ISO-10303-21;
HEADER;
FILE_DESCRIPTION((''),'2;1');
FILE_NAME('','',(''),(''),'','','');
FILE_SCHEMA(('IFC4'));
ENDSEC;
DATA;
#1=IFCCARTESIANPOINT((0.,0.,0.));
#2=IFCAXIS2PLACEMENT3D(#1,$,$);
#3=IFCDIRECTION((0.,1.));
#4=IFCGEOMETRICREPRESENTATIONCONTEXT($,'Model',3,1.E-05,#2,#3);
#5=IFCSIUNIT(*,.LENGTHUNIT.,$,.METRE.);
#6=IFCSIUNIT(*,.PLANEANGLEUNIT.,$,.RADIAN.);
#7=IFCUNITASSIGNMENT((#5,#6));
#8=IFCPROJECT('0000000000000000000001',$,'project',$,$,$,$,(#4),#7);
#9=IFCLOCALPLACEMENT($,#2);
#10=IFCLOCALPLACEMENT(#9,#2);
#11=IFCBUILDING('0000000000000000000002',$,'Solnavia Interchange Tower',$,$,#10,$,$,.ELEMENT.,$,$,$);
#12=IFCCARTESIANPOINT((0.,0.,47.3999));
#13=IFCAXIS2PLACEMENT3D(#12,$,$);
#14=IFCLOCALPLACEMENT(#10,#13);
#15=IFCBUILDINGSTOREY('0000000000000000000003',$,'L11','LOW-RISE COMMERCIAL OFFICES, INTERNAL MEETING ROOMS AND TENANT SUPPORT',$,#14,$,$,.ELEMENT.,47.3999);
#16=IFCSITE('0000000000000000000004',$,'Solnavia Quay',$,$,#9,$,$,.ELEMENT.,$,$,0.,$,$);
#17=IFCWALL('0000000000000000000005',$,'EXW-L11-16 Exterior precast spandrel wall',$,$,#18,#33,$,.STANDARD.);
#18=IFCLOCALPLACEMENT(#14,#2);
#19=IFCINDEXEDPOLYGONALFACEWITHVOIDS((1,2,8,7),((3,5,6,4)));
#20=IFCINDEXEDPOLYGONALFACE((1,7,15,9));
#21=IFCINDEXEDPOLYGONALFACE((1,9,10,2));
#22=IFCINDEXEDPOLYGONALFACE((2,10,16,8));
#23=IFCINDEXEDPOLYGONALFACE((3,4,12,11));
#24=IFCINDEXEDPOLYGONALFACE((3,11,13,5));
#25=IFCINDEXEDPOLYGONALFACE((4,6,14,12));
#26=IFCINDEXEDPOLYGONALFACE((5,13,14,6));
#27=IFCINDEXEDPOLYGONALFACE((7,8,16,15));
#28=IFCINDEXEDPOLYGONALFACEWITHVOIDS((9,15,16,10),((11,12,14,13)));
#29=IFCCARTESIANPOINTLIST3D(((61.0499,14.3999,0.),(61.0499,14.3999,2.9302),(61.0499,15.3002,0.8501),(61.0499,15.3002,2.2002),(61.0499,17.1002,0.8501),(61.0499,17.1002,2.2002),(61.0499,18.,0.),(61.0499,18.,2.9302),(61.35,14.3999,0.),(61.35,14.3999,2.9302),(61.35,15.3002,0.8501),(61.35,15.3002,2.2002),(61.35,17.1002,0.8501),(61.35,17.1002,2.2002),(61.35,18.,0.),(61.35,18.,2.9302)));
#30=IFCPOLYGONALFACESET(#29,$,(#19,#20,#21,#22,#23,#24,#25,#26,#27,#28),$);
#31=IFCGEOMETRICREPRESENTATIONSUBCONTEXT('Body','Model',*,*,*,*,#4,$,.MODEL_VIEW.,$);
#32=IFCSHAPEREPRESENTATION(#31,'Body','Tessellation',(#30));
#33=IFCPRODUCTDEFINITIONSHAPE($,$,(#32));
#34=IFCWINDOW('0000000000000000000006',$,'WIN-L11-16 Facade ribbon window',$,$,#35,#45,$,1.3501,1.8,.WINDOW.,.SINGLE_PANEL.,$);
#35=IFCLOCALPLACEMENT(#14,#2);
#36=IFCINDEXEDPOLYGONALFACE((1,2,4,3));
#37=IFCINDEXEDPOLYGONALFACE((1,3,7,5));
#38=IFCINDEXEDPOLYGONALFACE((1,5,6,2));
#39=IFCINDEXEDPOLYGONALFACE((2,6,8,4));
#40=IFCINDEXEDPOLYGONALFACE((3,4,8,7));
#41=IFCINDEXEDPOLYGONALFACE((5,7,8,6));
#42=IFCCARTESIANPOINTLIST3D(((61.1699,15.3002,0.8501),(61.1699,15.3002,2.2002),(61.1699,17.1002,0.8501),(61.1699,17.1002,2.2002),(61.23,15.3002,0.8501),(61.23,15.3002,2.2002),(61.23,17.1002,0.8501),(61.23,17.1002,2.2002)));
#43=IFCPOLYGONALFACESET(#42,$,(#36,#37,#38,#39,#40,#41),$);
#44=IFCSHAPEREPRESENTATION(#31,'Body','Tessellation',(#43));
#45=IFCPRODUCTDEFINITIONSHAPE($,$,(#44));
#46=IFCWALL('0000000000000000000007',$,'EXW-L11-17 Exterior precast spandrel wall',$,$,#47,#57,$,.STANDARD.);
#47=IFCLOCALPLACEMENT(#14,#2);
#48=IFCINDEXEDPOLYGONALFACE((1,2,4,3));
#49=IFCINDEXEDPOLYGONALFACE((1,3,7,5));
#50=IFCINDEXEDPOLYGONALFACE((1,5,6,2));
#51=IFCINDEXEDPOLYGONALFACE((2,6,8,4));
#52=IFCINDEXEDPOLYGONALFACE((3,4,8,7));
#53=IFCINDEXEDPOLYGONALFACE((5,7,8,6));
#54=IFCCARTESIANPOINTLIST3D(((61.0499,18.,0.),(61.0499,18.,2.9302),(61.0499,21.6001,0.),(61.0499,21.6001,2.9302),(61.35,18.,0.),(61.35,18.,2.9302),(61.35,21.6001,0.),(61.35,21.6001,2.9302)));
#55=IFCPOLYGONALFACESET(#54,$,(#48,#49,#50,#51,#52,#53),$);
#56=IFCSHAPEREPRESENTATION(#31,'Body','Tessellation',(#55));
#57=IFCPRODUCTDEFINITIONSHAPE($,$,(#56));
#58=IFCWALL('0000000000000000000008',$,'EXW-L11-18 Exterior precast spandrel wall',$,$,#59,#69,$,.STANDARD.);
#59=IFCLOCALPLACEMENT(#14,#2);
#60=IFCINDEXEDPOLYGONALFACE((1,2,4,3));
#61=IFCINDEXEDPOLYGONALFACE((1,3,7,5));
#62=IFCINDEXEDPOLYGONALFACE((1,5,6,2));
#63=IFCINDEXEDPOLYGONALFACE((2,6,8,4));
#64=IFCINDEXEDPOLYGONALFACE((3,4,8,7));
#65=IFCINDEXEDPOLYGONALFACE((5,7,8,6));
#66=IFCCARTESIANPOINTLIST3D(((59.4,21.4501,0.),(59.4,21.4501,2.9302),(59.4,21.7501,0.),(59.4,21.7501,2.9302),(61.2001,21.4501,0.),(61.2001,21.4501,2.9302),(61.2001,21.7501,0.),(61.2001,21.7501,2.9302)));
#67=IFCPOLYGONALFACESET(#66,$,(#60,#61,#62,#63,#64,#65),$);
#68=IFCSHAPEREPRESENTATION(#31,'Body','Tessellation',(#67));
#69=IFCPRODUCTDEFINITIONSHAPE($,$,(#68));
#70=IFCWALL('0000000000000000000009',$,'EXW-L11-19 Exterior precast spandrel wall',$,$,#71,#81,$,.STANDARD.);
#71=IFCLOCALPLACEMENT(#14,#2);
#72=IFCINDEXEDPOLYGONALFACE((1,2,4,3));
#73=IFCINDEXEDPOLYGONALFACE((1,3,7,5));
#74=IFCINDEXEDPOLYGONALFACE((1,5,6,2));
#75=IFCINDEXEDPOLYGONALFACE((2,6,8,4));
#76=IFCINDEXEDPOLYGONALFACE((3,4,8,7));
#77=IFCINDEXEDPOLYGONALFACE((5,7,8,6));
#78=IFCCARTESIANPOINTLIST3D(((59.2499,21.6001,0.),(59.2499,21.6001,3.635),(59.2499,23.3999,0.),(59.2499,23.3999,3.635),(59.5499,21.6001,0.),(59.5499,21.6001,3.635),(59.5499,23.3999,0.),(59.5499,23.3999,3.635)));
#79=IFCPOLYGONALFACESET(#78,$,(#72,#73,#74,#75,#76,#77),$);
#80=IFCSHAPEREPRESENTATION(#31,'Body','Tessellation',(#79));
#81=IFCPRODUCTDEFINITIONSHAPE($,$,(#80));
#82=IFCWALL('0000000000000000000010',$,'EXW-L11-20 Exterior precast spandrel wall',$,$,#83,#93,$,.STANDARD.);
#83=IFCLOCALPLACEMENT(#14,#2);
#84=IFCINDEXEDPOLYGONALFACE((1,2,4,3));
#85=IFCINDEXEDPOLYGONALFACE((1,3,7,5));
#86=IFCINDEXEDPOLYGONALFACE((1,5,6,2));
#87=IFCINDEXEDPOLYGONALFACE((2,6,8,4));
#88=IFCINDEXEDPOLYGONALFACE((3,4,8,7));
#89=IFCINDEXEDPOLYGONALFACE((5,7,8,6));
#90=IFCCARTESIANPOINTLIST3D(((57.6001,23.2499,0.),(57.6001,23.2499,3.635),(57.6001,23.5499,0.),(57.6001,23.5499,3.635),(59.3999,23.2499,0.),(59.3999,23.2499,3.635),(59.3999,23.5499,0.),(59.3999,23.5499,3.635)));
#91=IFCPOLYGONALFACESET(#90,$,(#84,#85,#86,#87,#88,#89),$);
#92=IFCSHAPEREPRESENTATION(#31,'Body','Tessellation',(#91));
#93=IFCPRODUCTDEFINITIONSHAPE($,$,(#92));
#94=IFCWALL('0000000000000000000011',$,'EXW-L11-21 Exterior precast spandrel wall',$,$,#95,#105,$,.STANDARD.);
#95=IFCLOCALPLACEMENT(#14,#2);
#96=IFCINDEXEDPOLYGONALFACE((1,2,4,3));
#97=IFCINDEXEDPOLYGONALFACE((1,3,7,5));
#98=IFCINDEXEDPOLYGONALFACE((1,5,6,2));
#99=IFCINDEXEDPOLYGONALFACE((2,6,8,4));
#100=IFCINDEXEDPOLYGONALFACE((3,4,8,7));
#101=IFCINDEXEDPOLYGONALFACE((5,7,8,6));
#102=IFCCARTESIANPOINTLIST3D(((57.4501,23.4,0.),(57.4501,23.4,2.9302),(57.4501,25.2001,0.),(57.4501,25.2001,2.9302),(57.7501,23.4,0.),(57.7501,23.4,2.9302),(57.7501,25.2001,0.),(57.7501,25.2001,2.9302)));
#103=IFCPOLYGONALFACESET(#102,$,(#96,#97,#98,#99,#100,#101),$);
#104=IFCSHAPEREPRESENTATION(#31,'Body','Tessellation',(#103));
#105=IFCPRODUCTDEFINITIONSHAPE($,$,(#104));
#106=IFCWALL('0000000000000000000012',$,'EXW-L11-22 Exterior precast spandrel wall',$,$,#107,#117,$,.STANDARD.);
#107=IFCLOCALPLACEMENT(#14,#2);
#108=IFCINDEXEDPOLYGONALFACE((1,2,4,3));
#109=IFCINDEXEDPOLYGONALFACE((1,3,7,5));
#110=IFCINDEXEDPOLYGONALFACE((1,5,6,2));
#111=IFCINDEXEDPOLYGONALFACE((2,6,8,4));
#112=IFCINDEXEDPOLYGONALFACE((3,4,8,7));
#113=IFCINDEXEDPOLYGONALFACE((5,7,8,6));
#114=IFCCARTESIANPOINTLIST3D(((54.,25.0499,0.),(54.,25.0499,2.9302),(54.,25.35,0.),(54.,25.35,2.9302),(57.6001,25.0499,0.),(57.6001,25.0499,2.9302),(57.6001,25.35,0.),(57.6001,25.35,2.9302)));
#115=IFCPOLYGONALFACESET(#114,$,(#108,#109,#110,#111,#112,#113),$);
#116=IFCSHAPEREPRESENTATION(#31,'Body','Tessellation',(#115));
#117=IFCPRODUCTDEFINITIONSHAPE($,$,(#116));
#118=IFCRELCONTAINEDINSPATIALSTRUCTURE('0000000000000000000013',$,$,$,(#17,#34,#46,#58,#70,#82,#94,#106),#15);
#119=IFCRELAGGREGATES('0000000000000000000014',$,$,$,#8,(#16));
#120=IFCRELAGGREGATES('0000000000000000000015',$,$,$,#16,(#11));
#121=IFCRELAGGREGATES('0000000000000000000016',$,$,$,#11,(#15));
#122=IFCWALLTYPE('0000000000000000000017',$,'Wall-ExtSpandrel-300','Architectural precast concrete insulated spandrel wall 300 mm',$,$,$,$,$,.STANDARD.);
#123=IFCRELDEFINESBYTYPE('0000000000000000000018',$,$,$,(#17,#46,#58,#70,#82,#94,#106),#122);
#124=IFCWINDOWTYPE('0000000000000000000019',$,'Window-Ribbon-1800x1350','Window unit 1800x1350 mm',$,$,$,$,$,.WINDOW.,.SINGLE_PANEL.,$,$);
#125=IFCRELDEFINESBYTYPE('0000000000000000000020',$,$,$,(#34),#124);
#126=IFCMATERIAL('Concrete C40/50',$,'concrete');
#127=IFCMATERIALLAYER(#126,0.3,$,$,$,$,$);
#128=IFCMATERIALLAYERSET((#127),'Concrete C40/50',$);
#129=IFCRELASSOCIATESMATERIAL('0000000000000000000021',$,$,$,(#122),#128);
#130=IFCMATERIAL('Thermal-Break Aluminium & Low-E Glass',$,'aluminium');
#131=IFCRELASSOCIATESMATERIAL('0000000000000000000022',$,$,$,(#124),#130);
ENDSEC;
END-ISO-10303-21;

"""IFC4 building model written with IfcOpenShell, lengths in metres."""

from ifc_helpers import new_model, si_unit, direction, frame, frame_2d, origin, place, context, subcontext, project, spatial, rectangle, extrude, material, layer, layer_set, type_object, element, fill, save


model = new_model("IFC4")

# Units and contexts
model_context = context("Model", 3, precision=1e-05, world=origin(), true_north=direction((0.0, 1.0)))
body_context = subcontext(model_context, "Body", "Model", "MODEL_VIEW")
ifc_project = project(units=[si_unit("LENGTHUNIT", "METRE"), si_unit("PLANEANGLEUNIT", "RADIAN")], contexts=[model_context])

# Site, building, storey
site_placement = place(None, origin())
site = spatial("IfcSite", under=ifc_project, at=site_placement, Name="Solnavia Quay", CompositionType="ELEMENT", RefElevation=0.0)
building_placement = place(site_placement, origin())
building = spatial("IfcBuilding", under=site, at=building_placement, Name="Solnavia Interchange Tower", CompositionType="ELEMENT")
storey_placement = place(building_placement, frame((0.0, 0.0, 47.3999)))
storey = spatial("IfcBuildingStorey", under=building, at=storey_placement, Name="L11", Description="LOW-RISE COMMERCIAL OFFICES, INTERNAL MEETING ROOMS AND TENANT SUPPORT", CompositionType="ELEMENT", Elevation=47.3999)

# Wall, opening, window
ifc_material_1 = material(Name="Concrete C40/50", Category="concrete")
ifc_layer_1 = layer(ifc_material_1, 0.3)
ifc_layer_set_1 = layer_set([ifc_layer_1], Name="Concrete C40/50")
wall_type_1 = type_object("IfcWallType", Name="Wall-ExtSpandrel-300", Description="Architectural precast concrete insulated spandrel wall 300 mm", PredefinedType="STANDARD", material=ifc_layer_set_1)
wall_1_placement = place(storey_placement, frame((61.2, 18.0, 0.0), z_axis=(0.0, 0.0, 1.0), x_axis=(0.0, -1.0, 0.0)))
wall_1 = element("IfcWall", 1, at=wall_1_placement, inside=storey, type_object=wall_type_1, Name="EXW-L11-16 Exterior precast spandrel wall", PredefinedType="STANDARD", context=body_context, shape_type="SweptSolid", body=[
    extrude(rectangle(XDim=3.6001, YDim=0.3, at=frame_2d((1.8, 0.0))), origin(), (0.0, 0.0, 1.0), 2.9302),
])
opening_1_placement = place(wall_1_placement, frame((0.8999, 0.0, 0.8501)))
opening_1 = element("IfcOpeningElement", 2, at=opening_1_placement, cuts=wall_1, PredefinedType="OPENING", context=body_context, shape_type="SweptSolid", body=[
    extrude(rectangle(XDim=1.8, YDim=1.3501, at=frame_2d((0.8999, 0.675))), frame((0.0, 0.1602, 0.0), z_axis=(0.0, -1.0, 0.0), x_axis=(1.0, 0.0, 0.0)), (0.0, 0.0, 1.0), 0.3201),
])
ifc_material_2 = material(Name="Thermal-Break Aluminium & Low-E Glass", Category="aluminium")
window_type = type_object("IfcWindowType", Name="Window-Ribbon-1800x1350", Description="Window unit 1800x1350 mm", PartitioningType="SINGLE_PANEL", PredefinedType="WINDOW", material=ifc_material_2)
window_placement = place(opening_1_placement, origin())
window = element("IfcWindow", 3, at=window_placement, inside=storey, type_object=window_type, Name="WIN-L11-16 Facade ribbon window", OverallHeight=1.3501, OverallWidth=1.8, PartitioningType="SINGLE_PANEL", PredefinedType="WINDOW", context=body_context, shape_type="SweptSolid", body=[
    extrude(rectangle(XDim=1.8, YDim=1.3501, at=frame_2d((0.8999, 0.675))), frame((0.0, 0.03, 0.0), z_axis=(0.0, -1.0, 0.0), x_axis=(1.0, 0.0, 0.0)), (0.0, 0.0, 1.0), 0.0601),
])
fill(opening_1, window)

# Walls
wall_2_placement = place(storey_placement, frame((61.2, 21.6001, 0.0), z_axis=(0.0, 0.0, 1.0), x_axis=(0.0, -1.0, 0.0)))
element("IfcWall", 4, at=wall_2_placement, inside=storey, type_object=wall_type_1, Name="EXW-L11-17 Exterior precast spandrel wall", PredefinedType="STANDARD", context=body_context, shape_type="SweptSolid", body=[
    extrude(rectangle(XDim=3.6001, YDim=0.3, at=frame_2d((1.8, 0.0))), origin(), (0.0, 0.0, 1.0), 2.9302),
])
wall_3_placement = place(storey_placement, frame((61.2, 21.6001, 0.0), z_axis=(0.0, 0.0, 1.0), x_axis=(-1.0, 0.0, 0.0)))
element("IfcWall", 5, at=wall_3_placement, inside=storey, type_object=wall_type_1, Name="EXW-L11-18 Exterior precast spandrel wall", PredefinedType="STANDARD", context=body_context, shape_type="SweptSolid", body=[
    extrude(rectangle(XDim=1.8, YDim=0.3, at=frame_2d((0.8999, 0.0))), origin(), (0.0, 0.0, 1.0), 2.9302),
])
for number, where, z_axis, x_axis, name in (
    (6, (59.3999, 23.3999, 0.0), (0.0, 0.0, 1.0), (0.0, -1.0, 0.0), "EXW-L11-19 Exterior precast spandrel wall"),
    (7, (57.6001, 23.3999, 0.0), (0.0, 0.0, 1.0), (1.0, 0.0, 0.0), "EXW-L11-20 Exterior precast spandrel wall"),
):
    element("IfcWall", number, at=place(storey_placement, frame(where, z_axis=z_axis, x_axis=x_axis)), inside=storey, type_object=wall_type_1, Name=name, PredefinedType="STANDARD", context=body_context, shape_type="SweptSolid", body=[
        extrude(rectangle(XDim=1.7998, YDim=0.3, at=frame_2d((0.8999, 0.0))), origin(), (0.0, 0.0, 1.0), 3.635),
    ])
wall_4_placement = place(storey_placement, frame((57.6001, 25.2, 0.0), z_axis=(0.0, 0.0, 1.0), x_axis=(0.0, -1.0, 0.0)))
element("IfcWall", 8, at=wall_4_placement, inside=storey, type_object=wall_type_1, Name="EXW-L11-21 Exterior precast spandrel wall", PredefinedType="STANDARD", context=body_context, shape_type="SweptSolid", body=[
    extrude(rectangle(XDim=1.8, YDim=0.3, at=frame_2d((0.8999, 0.0))), origin(), (0.0, 0.0, 1.0), 2.9302),
])
wall_5_placement = place(storey_placement, frame((54.0, 25.2, 0.0), z_axis=(0.0, 0.0, 1.0), x_axis=(1.0, 0.0, 0.0)))
element("IfcWall", 9, at=wall_5_placement, inside=storey, type_object=wall_type_1, Name="EXW-L11-22 Exterior precast spandrel wall", PredefinedType="STANDARD", context=body_context, shape_type="SweptSolid", body=[
    extrude(rectangle(XDim=3.6001, YDim=0.3, at=frame_2d((1.8, 0.0))), origin(), (0.0, 0.0, 1.0), 2.9302),
])

save(model, "model.ifc")
